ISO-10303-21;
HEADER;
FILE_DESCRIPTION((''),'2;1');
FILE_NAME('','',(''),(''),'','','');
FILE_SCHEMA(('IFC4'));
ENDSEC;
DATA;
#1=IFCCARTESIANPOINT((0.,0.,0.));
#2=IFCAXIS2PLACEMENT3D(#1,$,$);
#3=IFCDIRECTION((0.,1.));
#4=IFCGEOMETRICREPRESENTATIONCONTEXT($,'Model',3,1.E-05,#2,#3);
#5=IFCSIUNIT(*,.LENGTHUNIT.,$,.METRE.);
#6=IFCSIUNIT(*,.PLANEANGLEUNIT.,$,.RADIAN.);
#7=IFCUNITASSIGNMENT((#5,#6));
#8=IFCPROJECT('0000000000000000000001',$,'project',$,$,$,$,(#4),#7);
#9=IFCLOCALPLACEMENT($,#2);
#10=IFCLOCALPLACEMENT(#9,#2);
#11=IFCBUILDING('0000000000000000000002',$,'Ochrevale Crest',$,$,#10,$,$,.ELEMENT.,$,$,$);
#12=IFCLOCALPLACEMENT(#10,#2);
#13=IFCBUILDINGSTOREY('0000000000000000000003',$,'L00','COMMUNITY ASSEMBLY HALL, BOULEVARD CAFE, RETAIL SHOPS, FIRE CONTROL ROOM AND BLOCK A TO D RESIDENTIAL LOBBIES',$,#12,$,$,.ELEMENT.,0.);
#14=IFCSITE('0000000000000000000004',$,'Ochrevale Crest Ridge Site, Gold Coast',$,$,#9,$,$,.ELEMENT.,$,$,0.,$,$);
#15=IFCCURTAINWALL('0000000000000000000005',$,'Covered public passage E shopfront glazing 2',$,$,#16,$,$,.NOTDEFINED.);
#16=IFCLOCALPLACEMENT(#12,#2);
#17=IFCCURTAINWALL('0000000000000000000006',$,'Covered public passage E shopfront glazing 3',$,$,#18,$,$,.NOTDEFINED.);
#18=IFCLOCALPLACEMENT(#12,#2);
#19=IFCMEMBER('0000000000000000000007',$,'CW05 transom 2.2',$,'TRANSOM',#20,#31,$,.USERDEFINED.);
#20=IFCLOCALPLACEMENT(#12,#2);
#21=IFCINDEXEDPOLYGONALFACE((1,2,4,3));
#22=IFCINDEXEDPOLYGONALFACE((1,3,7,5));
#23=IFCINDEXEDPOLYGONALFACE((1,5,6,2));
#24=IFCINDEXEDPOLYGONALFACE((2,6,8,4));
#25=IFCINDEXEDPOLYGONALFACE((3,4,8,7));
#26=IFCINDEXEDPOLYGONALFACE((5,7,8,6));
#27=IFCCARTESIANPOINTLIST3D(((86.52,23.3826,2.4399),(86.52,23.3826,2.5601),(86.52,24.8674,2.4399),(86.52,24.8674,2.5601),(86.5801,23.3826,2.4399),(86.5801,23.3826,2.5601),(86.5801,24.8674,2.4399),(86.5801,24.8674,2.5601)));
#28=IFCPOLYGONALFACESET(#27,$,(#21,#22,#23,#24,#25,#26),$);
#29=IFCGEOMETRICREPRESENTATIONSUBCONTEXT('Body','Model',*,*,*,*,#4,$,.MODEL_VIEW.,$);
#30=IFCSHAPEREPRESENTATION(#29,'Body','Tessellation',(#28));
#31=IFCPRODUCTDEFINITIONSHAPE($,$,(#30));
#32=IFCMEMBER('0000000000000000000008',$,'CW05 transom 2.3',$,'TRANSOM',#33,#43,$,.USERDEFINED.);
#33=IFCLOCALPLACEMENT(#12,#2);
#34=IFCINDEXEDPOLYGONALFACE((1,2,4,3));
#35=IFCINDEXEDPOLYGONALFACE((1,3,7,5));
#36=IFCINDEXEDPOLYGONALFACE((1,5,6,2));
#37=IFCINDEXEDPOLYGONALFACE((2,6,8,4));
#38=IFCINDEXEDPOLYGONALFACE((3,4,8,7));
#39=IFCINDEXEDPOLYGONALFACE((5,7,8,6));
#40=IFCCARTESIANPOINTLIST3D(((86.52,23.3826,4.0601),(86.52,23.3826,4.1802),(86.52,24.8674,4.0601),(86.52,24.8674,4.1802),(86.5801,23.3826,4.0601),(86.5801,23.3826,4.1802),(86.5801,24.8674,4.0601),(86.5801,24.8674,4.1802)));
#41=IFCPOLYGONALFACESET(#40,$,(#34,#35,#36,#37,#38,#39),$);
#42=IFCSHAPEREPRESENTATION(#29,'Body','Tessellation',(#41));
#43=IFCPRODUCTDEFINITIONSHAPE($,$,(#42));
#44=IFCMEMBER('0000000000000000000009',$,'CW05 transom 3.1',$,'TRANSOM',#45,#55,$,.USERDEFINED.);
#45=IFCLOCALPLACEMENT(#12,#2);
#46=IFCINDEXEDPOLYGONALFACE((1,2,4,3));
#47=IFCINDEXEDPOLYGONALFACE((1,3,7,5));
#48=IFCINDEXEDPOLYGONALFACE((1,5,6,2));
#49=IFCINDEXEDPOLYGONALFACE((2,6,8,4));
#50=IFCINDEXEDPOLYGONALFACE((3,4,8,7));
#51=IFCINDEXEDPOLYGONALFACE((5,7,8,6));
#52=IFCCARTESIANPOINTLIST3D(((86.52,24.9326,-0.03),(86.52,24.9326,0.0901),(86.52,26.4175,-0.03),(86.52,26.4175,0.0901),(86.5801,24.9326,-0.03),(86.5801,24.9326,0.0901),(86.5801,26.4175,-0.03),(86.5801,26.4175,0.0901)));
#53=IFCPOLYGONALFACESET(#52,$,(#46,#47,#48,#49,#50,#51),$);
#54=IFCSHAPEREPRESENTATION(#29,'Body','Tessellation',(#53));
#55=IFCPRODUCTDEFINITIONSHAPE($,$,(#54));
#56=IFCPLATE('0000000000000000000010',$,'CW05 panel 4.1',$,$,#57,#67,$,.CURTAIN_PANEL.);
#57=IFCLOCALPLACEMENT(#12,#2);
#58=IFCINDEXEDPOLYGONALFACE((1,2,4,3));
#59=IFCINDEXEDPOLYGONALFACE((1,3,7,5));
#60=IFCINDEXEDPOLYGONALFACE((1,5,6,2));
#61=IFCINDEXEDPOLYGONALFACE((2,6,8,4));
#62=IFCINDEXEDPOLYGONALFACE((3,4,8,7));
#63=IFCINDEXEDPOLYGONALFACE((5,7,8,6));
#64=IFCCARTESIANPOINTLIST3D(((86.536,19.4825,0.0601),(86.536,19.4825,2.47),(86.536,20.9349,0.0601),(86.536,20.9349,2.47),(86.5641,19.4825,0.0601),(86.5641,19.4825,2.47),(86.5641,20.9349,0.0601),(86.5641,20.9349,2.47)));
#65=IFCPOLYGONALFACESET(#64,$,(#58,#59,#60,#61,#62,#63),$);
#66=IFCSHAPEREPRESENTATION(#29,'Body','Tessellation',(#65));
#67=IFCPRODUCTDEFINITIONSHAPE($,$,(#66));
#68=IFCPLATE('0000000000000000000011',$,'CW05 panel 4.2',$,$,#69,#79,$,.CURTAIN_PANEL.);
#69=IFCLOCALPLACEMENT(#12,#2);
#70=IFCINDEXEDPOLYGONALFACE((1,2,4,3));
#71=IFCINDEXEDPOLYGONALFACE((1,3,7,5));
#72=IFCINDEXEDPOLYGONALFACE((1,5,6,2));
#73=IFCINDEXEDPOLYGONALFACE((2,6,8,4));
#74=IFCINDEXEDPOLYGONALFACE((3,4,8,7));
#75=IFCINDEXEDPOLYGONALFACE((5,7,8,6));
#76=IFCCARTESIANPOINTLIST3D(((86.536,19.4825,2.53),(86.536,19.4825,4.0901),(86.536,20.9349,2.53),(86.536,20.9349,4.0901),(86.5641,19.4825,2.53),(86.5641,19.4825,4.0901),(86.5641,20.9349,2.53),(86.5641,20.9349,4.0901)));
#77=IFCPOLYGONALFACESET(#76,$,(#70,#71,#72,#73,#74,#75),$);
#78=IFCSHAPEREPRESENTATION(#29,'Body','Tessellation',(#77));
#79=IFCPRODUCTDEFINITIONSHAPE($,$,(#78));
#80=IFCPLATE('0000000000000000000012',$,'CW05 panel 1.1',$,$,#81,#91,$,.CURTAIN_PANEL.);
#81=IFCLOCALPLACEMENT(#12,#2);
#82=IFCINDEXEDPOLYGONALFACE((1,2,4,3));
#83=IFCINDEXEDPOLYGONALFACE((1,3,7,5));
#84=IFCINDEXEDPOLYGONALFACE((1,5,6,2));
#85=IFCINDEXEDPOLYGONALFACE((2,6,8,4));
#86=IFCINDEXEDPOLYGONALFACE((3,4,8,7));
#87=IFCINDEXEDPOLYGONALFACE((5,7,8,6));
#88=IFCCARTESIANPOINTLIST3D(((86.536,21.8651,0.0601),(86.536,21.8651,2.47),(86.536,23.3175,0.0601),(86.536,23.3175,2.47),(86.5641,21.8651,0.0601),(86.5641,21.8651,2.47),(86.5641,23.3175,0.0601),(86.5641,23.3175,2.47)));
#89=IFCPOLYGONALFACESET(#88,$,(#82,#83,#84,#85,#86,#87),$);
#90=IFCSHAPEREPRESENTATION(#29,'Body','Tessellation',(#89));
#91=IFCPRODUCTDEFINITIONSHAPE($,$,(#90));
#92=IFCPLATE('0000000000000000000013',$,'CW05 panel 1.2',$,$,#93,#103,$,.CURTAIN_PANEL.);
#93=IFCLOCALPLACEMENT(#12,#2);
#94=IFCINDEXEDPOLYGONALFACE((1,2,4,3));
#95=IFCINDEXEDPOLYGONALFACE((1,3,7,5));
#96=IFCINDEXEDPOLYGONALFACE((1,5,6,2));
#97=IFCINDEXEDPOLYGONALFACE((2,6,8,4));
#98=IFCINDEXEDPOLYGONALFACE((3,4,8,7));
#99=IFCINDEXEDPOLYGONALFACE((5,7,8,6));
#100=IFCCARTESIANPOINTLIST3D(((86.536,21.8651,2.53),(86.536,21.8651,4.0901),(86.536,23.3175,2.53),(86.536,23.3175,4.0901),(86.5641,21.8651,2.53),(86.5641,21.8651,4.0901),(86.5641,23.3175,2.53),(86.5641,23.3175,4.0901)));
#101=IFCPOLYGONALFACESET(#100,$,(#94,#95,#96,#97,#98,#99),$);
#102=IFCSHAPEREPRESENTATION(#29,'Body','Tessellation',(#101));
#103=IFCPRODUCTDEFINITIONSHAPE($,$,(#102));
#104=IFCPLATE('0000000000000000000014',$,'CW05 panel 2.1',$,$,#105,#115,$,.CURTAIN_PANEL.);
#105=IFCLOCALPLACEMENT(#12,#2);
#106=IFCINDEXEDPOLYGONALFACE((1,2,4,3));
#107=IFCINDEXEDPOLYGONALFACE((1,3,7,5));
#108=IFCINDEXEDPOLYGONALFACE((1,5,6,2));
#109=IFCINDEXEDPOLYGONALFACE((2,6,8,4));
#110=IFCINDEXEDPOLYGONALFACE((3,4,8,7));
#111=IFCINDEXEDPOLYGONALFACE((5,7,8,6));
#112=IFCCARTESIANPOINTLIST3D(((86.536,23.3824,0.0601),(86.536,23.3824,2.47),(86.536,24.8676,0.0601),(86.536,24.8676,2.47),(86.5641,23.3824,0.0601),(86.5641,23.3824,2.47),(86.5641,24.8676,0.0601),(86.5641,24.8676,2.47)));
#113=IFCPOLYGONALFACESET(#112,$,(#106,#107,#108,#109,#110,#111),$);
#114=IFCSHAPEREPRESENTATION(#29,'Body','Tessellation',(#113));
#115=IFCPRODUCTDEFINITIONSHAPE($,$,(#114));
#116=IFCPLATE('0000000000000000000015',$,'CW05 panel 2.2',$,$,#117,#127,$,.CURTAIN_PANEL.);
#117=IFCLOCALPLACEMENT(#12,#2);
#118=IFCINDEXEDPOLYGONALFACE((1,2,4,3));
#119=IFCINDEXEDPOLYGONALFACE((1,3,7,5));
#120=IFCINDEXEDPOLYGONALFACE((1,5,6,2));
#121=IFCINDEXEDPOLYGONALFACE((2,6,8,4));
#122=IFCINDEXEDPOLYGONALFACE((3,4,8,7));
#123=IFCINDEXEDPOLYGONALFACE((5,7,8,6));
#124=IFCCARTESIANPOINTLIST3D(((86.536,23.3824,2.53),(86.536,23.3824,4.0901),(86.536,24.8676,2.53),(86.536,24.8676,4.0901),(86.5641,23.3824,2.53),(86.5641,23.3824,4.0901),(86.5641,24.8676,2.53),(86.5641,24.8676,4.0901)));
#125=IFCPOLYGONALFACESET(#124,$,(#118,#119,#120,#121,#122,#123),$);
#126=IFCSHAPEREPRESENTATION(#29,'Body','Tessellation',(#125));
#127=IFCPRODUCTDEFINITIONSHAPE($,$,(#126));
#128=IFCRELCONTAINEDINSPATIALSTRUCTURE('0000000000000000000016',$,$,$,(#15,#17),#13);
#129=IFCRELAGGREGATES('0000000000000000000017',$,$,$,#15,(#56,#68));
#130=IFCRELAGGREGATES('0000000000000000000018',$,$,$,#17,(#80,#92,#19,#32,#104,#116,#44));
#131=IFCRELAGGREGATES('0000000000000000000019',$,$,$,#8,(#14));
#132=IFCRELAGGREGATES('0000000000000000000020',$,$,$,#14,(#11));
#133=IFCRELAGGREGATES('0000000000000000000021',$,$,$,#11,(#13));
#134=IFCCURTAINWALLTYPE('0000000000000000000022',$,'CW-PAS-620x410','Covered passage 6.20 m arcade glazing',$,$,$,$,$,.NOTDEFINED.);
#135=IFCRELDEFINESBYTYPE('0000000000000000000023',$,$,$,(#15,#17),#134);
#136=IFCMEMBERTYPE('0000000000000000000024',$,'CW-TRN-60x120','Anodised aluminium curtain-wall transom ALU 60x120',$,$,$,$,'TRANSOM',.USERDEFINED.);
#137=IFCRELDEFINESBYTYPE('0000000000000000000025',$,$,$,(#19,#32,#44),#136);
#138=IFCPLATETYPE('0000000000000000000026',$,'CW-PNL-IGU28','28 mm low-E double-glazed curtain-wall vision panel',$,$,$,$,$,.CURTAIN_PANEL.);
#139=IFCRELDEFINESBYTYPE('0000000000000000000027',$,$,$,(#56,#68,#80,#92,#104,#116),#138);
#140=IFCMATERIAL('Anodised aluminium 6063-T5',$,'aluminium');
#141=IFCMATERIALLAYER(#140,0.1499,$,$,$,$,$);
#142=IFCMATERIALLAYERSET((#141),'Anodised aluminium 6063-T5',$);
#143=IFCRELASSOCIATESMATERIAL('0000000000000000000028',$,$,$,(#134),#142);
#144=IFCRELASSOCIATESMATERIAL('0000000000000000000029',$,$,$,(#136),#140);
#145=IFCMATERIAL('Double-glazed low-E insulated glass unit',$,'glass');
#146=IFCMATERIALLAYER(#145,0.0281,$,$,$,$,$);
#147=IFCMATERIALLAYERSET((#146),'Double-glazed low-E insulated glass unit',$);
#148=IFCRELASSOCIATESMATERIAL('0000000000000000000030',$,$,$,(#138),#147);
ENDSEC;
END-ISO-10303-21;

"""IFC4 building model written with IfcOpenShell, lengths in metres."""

from ifc_helpers import new_model, si_unit, direction, frame, origin, origin_2d, place, context, subcontext, project, spatial, rectangle, extrude, material, layer, layer_set, material_profile, profile_set, type_object, element, aggregate, save


model = new_model("IFC4")

# Units and contexts
model_context = context("Model", 3, precision=1e-05, world=origin(), true_north=direction((0.0, 1.0)))
body_context = subcontext(model_context, "Body", "Model", "MODEL_VIEW")
ifc_project = project(units=[si_unit("LENGTHUNIT", "METRE"), si_unit("PLANEANGLEUNIT", "RADIAN")], contexts=[model_context])

# Site, building, storey
site_placement = place(None, origin())
site = spatial("IfcSite", under=ifc_project, at=site_placement, Name="Ochrevale Crest Ridge Site, Gold Coast", CompositionType="ELEMENT", RefElevation=0.0)
building_placement = place(site_placement, origin())
building = spatial("IfcBuilding", under=site, at=building_placement, Name="Ochrevale Crest", CompositionType="ELEMENT")
storey_placement = place(building_placement, origin())
storey = spatial("IfcBuildingStorey", under=building, at=storey_placement, Name="L00", Description="COMMUNITY ASSEMBLY HALL, BOULEVARD CAFE, RETAIL SHOPS, FIRE CONTROL ROOM AND BLOCK A TO D RESIDENTIAL LOBBIES", CompositionType="ELEMENT", Elevation=0.0)

# Curtain wall
ifc_material_1 = material(Name="Anodised aluminium 6063-T5", Category="aluminium")
ifc_layer_1 = layer(ifc_material_1, 0.1499)
ifc_layer_set_1 = layer_set([ifc_layer_1], Name="Anodised aluminium 6063-T5")
curtain_wall_type = type_object("IfcCurtainWallType", Name="CW-PAS-620x410", Description="Covered passage 6.20 m arcade glazing", PredefinedType="NOTDEFINED", material=ifc_layer_set_1)
curtain_wall_1_placement = place(storey_placement, origin())
curtain_wall_1 = element("IfcCurtainWall", 1, at=curtain_wall_1_placement, inside=storey, type_object=curtain_wall_type, Name="Covered public passage E shopfront glazing 2", PredefinedType="NOTDEFINED")

# Curtain wall
curtain_wall_2_placement = place(storey_placement, origin())
curtain_wall_2 = element("IfcCurtainWall", 2, at=curtain_wall_2_placement, inside=storey, type_object=curtain_wall_type, Name="Covered public passage E shopfront glazing 3", PredefinedType="NOTDEFINED")

# Members
ifc_material_profile_1 = material_profile(ifc_material_1, rectangle(XDim=0.0601, YDim=0.1201, at=origin_2d()), Name="ALU 60x120")
ifc_profile_set_1 = profile_set([ifc_material_profile_1], Name="Anodised aluminium 6063-T5")
member_type_1 = type_object("IfcMemberType", Name="CW-TRN-60x120", Description="Anodised aluminium curtain-wall transom ALU 60x120", ElementType="TRANSOM", PredefinedType="USERDEFINED", material=ifc_profile_set_1)
member_1_placement = place(storey_placement, frame((86.55, 23.3826, 2.5), z_axis=(0.0, 1.0, 0.0), x_axis=(-1.0, 0.0, 0.0)))
member_1 = element("IfcMember", 3, at=member_1_placement, type_object=member_type_1, Name="CW05 transom 2.2", ObjectType="TRANSOM", PredefinedType="USERDEFINED", context=body_context, shape_type="SweptSolid", body=[
    extrude(rectangle(XDim=0.0601, YDim=0.1201, at=origin_2d()), origin(), (0.0, 0.0, 1.0), 1.4849),
])
member_2_placement = place(storey_placement, frame((86.55, 23.3826, 4.1201), z_axis=(0.0, 1.0, 0.0), x_axis=(-1.0, 0.0, 0.0)))
member_2 = element("IfcMember", 4, at=member_2_placement, type_object=member_type_1, Name="CW05 transom 2.3", ObjectType="TRANSOM", PredefinedType="USERDEFINED", context=body_context, shape_type="SweptSolid", body=[
    extrude(rectangle(XDim=0.0601, YDim=0.1201, at=origin_2d()), origin(), (0.0, 0.0, 1.0), 1.4849),
])
member_3_placement = place(storey_placement, frame((86.55, 24.9326, 0.03), z_axis=(0.0, 1.0, 0.0), x_axis=(-1.0, 0.0, 0.0)))
member_3 = element("IfcMember", 5, at=member_3_placement, type_object=member_type_1, Name="CW05 transom 3.1", ObjectType="TRANSOM", PredefinedType="USERDEFINED", context=body_context, shape_type="SweptSolid", body=[
    extrude(rectangle(XDim=0.0601, YDim=0.1201, at=origin_2d()), origin(), (0.0, 0.0, 1.0), 1.4849),
])

# Plates
ifc_material_2 = material(Name="Double-glazed low-E insulated glass unit", Category="glass")
ifc_layer_2 = layer(ifc_material_2, 0.0281)
ifc_layer_set_2 = layer_set([ifc_layer_2], Name="Double-glazed low-E insulated glass unit")
plate_type = type_object("IfcPlateType", Name="CW-PNL-IGU28", Description="28 mm low-E double-glazed curtain-wall vision panel", PredefinedType="CURTAIN_PANEL", material=ifc_layer_set_2)
plate_1_placement = place(storey_placement, frame((86.55, 20.2087, 0.0601), z_axis=(0.0, 0.0, 1.0), x_axis=(0.0, 1.0, 0.0)))
plate_1 = element("IfcPlate", 6, at=plate_1_placement, type_object=plate_type, Name="CW05 panel 4.1", PredefinedType="CURTAIN_PANEL", context=body_context, shape_type="SweptSolid", body=[
    extrude(rectangle(XDim=1.4524, YDim=0.0281, at=origin_2d()), origin(), (0.0, 0.0, 1.0), 2.4099),
])
plate_2_placement = place(storey_placement, frame((86.55, 20.2087, 2.53), z_axis=(0.0, 0.0, 1.0), x_axis=(0.0, 1.0, 0.0)))
plate_2 = element("IfcPlate", 7, at=plate_2_placement, type_object=plate_type, Name="CW05 panel 4.2", PredefinedType="CURTAIN_PANEL", context=body_context, shape_type="SweptSolid", body=[
    extrude(rectangle(XDim=1.4524, YDim=0.0281, at=origin_2d()), origin(), (0.0, 0.0, 1.0), 1.5601),
])
aggregate(curtain_wall_1, [plate_1, plate_2])
plate_3_placement = place(storey_placement, frame((86.55, 22.5913, 0.0601), z_axis=(0.0, 0.0, 1.0), x_axis=(0.0, 1.0, 0.0)))
plate_3 = element("IfcPlate", 8, at=plate_3_placement, type_object=plate_type, Name="CW05 panel 1.1", PredefinedType="CURTAIN_PANEL", context=body_context, shape_type="SweptSolid", body=[
    extrude(rectangle(XDim=1.4524, YDim=0.0281, at=origin_2d()), origin(), (0.0, 0.0, 1.0), 2.4099),
])
plate_4_placement = place(storey_placement, frame((86.55, 22.5913, 2.53), z_axis=(0.0, 0.0, 1.0), x_axis=(0.0, 1.0, 0.0)))
plate_4 = element("IfcPlate", 9, at=plate_4_placement, type_object=plate_type, Name="CW05 panel 1.2", PredefinedType="CURTAIN_PANEL", context=body_context, shape_type="SweptSolid", body=[
    extrude(rectangle(XDim=1.4524, YDim=0.0281, at=origin_2d()), origin(), (0.0, 0.0, 1.0), 1.5601),
])
plate_5_placement = place(storey_placement, frame((86.55, 24.125, 0.0601), z_axis=(0.0, 0.0, 1.0), x_axis=(0.0, 1.0, 0.0)))
plate_5 = element("IfcPlate", 10, at=plate_5_placement, type_object=plate_type, Name="CW05 panel 2.1", PredefinedType="CURTAIN_PANEL", context=body_context, shape_type="SweptSolid", body=[
    extrude(rectangle(XDim=1.4851, YDim=0.0281, at=origin_2d()), origin(), (0.0, 0.0, 1.0), 2.4099),
])
plate_6_placement = place(storey_placement, frame((86.55, 24.125, 2.53), z_axis=(0.0, 0.0, 1.0), x_axis=(0.0, 1.0, 0.0)))
plate_6 = element("IfcPlate", 11, at=plate_6_placement, type_object=plate_type, Name="CW05 panel 2.2", PredefinedType="CURTAIN_PANEL", context=body_context, shape_type="SweptSolid", body=[
    extrude(rectangle(XDim=1.4851, YDim=0.0281, at=origin_2d()), origin(), (0.0, 0.0, 1.0), 1.5601),
])
aggregate(curtain_wall_2, [plate_3, plate_4, member_1, member_2, plate_5, plate_6, member_3])

save(model, "model.ifc")
